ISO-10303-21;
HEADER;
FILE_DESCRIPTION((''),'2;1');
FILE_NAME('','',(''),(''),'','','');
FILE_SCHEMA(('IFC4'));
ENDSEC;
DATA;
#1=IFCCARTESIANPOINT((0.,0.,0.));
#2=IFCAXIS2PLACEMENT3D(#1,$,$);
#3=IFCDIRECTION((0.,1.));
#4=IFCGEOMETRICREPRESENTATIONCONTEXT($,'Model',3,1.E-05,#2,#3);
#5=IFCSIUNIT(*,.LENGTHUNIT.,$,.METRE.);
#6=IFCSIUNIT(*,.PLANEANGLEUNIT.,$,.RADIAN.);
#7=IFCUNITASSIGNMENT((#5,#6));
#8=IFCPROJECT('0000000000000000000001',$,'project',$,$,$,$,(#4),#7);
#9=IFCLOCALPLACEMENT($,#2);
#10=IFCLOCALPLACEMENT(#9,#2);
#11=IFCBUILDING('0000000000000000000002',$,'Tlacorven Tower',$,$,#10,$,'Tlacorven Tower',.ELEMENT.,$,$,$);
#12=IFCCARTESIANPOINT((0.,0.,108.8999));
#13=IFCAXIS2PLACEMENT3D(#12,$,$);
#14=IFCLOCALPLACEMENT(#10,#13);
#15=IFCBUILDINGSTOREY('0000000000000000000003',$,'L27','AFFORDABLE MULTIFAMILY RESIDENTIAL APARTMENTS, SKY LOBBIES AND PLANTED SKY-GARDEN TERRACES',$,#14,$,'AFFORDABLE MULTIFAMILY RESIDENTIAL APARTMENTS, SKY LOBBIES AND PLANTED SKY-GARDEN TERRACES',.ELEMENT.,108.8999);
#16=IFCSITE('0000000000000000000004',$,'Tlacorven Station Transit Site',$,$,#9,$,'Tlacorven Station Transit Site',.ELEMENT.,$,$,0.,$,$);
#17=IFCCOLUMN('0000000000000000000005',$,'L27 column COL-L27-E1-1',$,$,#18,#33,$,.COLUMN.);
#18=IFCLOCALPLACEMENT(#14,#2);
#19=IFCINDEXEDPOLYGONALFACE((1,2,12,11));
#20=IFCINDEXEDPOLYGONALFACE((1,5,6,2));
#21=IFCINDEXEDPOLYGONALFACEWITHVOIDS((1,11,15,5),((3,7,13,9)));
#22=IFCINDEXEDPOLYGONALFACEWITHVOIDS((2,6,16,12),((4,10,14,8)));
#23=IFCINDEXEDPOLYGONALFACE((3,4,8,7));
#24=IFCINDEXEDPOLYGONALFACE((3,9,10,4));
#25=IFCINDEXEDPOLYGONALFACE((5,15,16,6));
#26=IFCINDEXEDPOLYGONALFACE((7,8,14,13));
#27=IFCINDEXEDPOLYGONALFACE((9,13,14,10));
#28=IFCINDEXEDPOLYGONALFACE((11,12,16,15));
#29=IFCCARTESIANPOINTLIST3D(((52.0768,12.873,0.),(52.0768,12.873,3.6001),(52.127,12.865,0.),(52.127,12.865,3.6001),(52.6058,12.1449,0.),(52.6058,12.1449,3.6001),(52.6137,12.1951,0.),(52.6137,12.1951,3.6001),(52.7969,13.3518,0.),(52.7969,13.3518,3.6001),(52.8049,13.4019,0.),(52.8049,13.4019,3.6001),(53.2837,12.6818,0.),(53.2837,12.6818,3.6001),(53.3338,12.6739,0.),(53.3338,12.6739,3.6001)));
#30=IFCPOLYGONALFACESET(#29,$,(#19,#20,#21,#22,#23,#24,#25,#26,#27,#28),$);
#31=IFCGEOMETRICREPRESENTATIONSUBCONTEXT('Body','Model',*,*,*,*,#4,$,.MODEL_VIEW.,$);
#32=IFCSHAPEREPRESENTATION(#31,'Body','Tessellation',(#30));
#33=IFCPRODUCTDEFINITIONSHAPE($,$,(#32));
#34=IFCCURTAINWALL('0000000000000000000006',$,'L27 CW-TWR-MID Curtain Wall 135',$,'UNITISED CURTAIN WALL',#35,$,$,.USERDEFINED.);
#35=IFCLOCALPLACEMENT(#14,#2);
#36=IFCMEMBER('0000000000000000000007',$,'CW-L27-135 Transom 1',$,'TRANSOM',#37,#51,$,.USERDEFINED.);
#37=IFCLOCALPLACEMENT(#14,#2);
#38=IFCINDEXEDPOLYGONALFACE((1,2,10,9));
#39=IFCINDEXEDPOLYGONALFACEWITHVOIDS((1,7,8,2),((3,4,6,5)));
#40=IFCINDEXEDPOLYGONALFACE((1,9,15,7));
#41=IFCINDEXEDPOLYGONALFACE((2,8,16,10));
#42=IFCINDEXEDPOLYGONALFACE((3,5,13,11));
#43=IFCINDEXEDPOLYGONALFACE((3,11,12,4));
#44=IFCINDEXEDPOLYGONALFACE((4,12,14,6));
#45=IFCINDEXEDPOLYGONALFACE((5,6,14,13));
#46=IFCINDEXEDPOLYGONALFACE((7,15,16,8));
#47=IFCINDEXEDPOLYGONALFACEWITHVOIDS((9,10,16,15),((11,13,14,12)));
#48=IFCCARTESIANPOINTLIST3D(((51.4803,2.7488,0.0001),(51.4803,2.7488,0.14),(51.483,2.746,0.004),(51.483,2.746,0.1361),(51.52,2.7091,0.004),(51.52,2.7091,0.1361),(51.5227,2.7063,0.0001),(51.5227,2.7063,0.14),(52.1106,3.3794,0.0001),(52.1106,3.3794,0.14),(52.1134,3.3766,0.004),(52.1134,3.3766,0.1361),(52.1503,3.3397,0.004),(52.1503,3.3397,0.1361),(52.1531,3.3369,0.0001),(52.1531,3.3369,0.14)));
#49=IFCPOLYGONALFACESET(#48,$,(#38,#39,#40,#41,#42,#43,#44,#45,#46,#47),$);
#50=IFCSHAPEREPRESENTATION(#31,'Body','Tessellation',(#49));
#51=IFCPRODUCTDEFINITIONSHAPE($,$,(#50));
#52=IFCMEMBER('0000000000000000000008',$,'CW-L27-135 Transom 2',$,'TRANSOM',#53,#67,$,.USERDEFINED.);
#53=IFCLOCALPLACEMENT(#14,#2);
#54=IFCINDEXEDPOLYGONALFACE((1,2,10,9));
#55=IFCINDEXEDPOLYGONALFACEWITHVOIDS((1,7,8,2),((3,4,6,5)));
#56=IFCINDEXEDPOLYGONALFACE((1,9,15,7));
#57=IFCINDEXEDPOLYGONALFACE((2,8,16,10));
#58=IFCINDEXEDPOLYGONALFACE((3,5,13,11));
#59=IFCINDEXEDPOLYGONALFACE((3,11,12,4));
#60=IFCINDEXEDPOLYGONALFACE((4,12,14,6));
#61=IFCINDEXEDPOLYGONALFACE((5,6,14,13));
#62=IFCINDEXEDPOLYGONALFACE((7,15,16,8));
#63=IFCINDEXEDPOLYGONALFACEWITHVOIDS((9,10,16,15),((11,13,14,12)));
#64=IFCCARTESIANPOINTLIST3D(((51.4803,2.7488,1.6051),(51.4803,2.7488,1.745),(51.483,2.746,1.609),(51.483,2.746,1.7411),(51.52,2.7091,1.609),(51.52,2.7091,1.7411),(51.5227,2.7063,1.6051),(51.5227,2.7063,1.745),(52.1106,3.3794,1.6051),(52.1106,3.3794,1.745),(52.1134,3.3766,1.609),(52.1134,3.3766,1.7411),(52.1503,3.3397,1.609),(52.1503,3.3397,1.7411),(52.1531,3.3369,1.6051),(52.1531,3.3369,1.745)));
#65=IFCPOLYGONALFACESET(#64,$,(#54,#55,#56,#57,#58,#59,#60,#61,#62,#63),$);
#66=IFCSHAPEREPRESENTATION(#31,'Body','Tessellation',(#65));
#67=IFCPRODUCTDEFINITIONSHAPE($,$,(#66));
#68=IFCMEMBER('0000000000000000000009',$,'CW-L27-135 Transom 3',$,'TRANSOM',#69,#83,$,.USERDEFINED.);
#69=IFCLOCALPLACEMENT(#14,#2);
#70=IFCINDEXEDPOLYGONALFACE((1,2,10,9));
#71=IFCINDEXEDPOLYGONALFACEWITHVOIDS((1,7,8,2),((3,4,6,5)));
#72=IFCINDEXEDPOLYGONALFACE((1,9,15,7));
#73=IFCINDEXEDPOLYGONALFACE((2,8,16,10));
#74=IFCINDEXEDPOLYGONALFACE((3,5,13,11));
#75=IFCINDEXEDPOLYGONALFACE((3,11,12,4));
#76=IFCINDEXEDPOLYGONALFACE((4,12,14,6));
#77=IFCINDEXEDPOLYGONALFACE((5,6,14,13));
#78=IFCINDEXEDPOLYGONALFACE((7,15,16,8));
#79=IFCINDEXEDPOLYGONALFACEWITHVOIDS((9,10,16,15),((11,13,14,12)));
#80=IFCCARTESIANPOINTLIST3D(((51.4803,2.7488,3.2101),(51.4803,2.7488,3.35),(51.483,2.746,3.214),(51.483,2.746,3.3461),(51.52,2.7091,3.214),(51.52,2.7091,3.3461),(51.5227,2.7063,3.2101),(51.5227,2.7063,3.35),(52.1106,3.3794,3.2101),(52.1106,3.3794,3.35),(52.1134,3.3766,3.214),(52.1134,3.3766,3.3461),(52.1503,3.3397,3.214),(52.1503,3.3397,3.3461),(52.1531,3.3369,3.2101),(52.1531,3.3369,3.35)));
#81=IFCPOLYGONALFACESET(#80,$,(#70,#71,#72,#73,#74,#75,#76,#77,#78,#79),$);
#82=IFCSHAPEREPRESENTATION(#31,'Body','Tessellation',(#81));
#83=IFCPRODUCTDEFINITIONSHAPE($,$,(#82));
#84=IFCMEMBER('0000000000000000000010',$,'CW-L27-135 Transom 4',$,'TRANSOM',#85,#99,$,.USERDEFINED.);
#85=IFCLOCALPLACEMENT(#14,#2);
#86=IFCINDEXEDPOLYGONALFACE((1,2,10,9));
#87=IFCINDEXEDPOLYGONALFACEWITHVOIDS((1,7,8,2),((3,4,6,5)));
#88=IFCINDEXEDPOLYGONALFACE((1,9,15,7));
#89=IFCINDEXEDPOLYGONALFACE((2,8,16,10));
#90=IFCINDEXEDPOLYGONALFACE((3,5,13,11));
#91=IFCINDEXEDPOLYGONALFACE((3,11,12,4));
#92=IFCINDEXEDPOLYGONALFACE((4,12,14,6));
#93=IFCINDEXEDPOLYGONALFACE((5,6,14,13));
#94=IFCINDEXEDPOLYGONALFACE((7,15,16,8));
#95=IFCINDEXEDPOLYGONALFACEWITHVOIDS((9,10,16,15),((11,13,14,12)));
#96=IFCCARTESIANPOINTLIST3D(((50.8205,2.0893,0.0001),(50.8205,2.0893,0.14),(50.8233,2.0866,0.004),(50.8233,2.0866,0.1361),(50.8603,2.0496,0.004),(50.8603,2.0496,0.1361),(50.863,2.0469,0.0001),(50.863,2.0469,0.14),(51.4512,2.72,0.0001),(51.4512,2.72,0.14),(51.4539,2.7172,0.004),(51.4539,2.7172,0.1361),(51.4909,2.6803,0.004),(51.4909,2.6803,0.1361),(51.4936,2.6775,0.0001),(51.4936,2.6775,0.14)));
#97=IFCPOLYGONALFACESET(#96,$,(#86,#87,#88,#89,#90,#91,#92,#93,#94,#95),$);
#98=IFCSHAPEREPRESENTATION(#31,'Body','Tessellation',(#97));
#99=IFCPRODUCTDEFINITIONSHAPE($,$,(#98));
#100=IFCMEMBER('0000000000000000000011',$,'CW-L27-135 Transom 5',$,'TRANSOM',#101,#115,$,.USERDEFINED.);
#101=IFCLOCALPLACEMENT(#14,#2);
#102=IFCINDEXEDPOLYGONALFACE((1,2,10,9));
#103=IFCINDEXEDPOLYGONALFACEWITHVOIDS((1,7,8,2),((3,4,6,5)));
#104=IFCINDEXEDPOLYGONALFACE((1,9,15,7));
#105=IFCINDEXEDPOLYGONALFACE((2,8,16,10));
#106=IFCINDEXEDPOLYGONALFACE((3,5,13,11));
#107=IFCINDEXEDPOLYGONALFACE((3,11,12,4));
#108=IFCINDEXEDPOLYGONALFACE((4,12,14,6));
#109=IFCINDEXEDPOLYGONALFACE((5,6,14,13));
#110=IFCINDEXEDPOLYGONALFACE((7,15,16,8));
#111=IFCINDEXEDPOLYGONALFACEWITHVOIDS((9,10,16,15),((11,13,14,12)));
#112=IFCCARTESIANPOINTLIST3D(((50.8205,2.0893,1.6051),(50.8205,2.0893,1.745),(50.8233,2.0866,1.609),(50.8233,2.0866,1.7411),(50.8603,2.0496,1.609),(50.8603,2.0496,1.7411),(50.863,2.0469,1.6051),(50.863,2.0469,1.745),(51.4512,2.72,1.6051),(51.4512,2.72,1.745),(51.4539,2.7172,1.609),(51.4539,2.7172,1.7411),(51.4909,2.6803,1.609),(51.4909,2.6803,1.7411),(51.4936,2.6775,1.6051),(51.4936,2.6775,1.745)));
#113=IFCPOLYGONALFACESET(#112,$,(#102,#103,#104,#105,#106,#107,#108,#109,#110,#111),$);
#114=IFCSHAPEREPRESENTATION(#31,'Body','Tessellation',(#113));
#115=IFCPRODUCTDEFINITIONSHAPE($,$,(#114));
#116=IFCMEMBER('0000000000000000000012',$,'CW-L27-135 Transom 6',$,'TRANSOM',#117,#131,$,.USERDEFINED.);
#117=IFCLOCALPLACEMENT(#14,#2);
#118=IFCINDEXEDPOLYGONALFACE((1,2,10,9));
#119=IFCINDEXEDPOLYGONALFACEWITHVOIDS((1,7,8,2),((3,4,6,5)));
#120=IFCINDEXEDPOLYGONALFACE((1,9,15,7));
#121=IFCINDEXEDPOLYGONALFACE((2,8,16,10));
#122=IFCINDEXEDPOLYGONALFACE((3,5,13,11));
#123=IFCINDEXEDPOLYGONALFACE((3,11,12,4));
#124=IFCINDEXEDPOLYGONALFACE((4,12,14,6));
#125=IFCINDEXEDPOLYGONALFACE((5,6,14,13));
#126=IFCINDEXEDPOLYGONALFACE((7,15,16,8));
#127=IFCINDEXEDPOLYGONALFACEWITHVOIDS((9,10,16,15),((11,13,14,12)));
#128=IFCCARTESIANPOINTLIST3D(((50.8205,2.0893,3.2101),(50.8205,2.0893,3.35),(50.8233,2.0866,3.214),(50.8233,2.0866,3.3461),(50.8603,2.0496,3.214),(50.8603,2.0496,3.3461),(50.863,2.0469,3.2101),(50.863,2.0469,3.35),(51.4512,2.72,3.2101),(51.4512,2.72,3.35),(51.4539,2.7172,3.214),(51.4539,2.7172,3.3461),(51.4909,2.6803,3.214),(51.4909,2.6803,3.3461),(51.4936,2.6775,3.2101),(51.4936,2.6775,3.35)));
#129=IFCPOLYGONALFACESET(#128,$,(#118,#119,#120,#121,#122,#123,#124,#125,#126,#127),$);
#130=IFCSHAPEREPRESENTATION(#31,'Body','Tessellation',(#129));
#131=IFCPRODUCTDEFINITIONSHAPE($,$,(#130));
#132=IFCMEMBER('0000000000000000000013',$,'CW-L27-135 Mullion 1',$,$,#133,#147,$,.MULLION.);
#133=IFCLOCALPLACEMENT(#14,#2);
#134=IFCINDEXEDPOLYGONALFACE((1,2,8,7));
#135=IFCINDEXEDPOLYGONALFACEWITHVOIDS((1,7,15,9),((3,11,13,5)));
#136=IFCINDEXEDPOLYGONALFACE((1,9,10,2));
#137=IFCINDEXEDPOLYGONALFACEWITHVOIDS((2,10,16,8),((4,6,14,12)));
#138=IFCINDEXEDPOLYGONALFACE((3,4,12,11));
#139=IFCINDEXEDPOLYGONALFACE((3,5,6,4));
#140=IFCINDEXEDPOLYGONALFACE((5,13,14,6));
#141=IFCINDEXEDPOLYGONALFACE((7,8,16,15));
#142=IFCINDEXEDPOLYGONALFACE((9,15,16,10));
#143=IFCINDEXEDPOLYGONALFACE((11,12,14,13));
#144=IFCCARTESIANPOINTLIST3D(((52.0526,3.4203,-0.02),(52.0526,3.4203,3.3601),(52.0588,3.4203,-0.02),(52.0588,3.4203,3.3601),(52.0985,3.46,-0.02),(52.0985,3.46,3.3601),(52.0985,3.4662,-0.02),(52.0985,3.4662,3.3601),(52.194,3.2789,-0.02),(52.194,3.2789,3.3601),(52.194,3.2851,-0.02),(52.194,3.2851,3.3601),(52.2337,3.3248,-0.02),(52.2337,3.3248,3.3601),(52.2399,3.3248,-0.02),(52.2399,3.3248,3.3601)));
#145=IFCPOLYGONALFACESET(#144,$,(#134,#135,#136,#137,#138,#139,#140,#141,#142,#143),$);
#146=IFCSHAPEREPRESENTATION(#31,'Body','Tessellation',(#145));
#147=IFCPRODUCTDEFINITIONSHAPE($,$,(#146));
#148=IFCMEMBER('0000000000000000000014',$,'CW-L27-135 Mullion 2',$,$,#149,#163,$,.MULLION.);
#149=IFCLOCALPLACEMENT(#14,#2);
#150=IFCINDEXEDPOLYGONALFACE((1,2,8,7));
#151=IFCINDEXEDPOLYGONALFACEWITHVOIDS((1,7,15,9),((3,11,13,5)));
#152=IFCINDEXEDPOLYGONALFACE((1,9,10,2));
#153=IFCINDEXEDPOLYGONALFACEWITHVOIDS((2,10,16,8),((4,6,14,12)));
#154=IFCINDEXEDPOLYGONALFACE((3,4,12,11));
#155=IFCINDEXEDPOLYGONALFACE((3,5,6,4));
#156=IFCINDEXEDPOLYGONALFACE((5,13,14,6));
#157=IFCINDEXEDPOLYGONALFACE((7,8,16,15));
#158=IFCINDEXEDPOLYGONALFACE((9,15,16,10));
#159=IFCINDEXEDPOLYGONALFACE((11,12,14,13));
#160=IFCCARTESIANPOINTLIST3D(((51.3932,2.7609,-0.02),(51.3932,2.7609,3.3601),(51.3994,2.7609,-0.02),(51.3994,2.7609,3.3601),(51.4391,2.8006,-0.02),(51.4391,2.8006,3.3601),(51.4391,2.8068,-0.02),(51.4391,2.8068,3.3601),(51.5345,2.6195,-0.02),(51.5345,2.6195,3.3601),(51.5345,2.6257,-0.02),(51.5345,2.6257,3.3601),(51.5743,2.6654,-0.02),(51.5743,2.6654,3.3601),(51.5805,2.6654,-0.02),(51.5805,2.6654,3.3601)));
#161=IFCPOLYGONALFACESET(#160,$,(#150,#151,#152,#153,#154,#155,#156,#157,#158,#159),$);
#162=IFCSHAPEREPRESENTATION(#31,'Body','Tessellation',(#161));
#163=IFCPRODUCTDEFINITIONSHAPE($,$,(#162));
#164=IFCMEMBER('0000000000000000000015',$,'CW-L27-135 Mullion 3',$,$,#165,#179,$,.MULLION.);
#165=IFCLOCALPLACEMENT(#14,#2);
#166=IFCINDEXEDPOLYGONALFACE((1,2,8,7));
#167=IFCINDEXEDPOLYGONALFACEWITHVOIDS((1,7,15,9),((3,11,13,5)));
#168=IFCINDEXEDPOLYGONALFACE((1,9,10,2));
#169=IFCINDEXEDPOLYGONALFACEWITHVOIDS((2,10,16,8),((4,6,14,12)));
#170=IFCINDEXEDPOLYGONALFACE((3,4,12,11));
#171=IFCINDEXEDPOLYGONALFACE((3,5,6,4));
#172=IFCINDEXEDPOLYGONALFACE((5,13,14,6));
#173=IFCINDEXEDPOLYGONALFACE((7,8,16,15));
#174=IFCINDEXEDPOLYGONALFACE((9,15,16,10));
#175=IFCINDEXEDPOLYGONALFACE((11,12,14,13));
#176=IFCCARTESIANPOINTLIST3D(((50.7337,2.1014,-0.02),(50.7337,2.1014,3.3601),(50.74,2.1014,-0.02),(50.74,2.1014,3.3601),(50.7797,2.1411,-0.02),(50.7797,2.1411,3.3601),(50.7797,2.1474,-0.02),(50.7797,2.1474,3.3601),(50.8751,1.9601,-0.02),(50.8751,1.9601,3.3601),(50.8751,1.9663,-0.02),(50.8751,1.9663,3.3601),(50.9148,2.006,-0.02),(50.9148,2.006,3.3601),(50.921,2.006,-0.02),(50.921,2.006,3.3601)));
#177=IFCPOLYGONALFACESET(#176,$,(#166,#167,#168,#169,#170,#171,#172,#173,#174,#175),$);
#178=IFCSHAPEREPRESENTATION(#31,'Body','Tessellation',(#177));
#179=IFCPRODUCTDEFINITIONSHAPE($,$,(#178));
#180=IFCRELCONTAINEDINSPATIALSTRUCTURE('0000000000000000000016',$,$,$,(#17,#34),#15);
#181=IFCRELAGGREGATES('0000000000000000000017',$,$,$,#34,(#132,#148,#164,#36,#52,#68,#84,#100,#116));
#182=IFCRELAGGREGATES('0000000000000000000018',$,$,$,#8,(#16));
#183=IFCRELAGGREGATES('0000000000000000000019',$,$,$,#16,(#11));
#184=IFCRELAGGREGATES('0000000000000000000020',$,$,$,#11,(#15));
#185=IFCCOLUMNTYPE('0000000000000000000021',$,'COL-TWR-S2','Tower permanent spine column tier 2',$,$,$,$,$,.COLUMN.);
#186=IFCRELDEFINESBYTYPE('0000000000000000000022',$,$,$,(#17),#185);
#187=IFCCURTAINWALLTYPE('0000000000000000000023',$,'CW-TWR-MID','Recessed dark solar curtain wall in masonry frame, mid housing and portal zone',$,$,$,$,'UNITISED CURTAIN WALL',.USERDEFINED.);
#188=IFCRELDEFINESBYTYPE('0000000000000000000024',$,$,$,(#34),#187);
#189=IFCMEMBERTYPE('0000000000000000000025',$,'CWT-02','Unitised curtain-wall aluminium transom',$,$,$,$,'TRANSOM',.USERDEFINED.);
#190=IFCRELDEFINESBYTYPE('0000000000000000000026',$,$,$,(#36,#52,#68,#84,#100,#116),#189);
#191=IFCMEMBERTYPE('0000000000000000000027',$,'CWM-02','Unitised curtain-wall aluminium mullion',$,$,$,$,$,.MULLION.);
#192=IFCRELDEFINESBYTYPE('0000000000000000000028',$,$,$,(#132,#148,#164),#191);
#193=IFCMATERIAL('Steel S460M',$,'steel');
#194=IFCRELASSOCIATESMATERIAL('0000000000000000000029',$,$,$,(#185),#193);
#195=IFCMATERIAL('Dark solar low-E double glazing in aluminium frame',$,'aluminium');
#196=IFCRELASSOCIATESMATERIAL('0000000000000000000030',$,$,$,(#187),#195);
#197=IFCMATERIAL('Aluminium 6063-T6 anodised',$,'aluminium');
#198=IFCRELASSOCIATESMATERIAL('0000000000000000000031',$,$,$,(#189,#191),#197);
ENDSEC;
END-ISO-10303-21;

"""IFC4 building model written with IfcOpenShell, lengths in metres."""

from ifc_helpers import new_model, si_unit, direction, frame, origin, origin_2d, place, context, subcontext, project, spatial, hollow_rectangle, extrude, source, transform, mapped, material, material_profile, profile_set, type_object, element, aggregate, save


model = new_model("IFC4")

# Units and contexts
model_context = context("Model", 3, precision=1e-05, world=origin(), true_north=direction((0.0, 1.0)))
body_context = subcontext(model_context, "Body", "Model", "MODEL_VIEW")
ifc_project = project(units=[si_unit("LENGTHUNIT", "METRE"), si_unit("PLANEANGLEUNIT", "RADIAN")], contexts=[model_context])

# Site, building, storey
site_placement = place(None, origin())
site = spatial("IfcSite", under=ifc_project, at=site_placement, Name="Tlacorven Station Transit Site", LongName="Tlacorven Station Transit Site", CompositionType="ELEMENT", RefElevation=0.0)
building_placement = place(site_placement, origin())
building = spatial("IfcBuilding", under=site, at=building_placement, Name="Tlacorven Tower", LongName="Tlacorven Tower", CompositionType="ELEMENT")
storey_placement = place(building_placement, frame((0.0, 0.0, 108.8999)))
storey = spatial("IfcBuildingStorey", under=building, at=storey_placement, Name="L27", Description="AFFORDABLE MULTIFAMILY RESIDENTIAL APARTMENTS, SKY LOBBIES AND PLANTED SKY-GARDEN TERRACES", LongName="AFFORDABLE MULTIFAMILY RESIDENTIAL APARTMENTS, SKY LOBBIES AND PLANTED SKY-GARDEN TERRACES", CompositionType="ELEMENT", Elevation=108.8999)

# Column
ifc_material_1 = material(Name="Steel S460M", Category="steel")
ifc_material_profile_1 = material_profile(ifc_material_1, hollow_rectangle(XDim=0.8999, YDim=0.8999, WallThickness=0.0359, at=origin_2d()), Name="BOX 900X900X36")
ifc_profile_set_1 = profile_set([ifc_material_profile_1], Name="Steel S460M")
column_type = type_object("IfcColumnType", Name="COL-TWR-S2", Description="Tower permanent spine column tier 2", PredefinedType="COLUMN", material=ifc_profile_set_1)
shared_shape_1 = source(origin(), body_context, "Body", "SweptSolid", [
    extrude(hollow_rectangle(XDim=0.8999, YDim=0.8999, WallThickness=0.0359, at=origin_2d()), origin(), (0.0, 0.0, 1.0), 3.6001),
])
column_placement = place(storey_placement, frame((52.7053, 12.7734, 0.0), z_axis=(0.0, 0.0, 1.0), x_axis=(0.809017, 0.587785, 0.0)))
element("IfcColumn", 1, at=column_placement, inside=storey, type_object=column_type, Name="L27 column COL-L27-E1-1", PredefinedType="COLUMN", context=body_context, shape_type="MappedRepresentation", body=[
    mapped(shared_shape_1, transform((0.0, 0.0, 0.0), scale=1.0)),
])

# Curtain wall, members
ifc_material_2 = material(Name="Dark solar low-E double glazing in aluminium frame", Category="aluminium")
curtain_wall_type = type_object("IfcCurtainWallType", Name="CW-TWR-MID", Description="Recessed dark solar curtain wall in masonry frame, mid housing and portal zone", ElementType="UNITISED CURTAIN WALL", PredefinedType="USERDEFINED", material=ifc_material_2)
curtain_wall_placement = place(storey_placement, origin())
curtain_wall = element("IfcCurtainWall", 2, at=curtain_wall_placement, inside=storey, type_object=curtain_wall_type, Name="L27 CW-TWR-MID Curtain Wall 135", ObjectType="UNITISED CURTAIN WALL", PredefinedType="USERDEFINED")
ifc_material_3 = material(Name="Aluminium 6063-T6 anodised", Category="aluminium")
ifc_material_profile_2 = material_profile(ifc_material_3, hollow_rectangle(XDim=0.0601, YDim=0.1399, WallThickness=0.0039, at=origin_2d()), Name="ALU TRANSOM 60X140")
ifc_profile_set_2 = profile_set([ifc_material_profile_2], Name="Aluminium 6063-T6 anodised")
member_type_1 = type_object("IfcMemberType", Name="CWT-02", Description="Unitised curtain-wall aluminium transom", ElementType="TRANSOM", PredefinedType="USERDEFINED", material=ifc_profile_set_2)
shared_shape_2 = source(origin(), body_context, "Body", "SweptSolid", [
    extrude(hollow_rectangle(XDim=0.0601, YDim=0.1399, WallThickness=0.0039, at=origin_2d()), origin(), (0.0, 0.0, 1.0), 0.8916),
])
member_1_placement = place(storey_placement, frame((52.1318, 3.3582, 0.0701), z_axis=(-0.70697, -0.707244, 0.0), x_axis=(0.707244, -0.70697, 0.0)))
member_1 = element("IfcMember", 3, at=member_1_placement, type_object=member_type_1, Name="CW-L27-135 Transom 1", ObjectType="TRANSOM", PredefinedType="USERDEFINED", context=body_context, shape_type="MappedRepresentation", body=[
    mapped(shared_shape_2, transform((0.0, 0.0, 0.0), scale=1.0)),
])
member_2_placement = place(storey_placement, frame((52.1318, 3.3582, 1.675), z_axis=(-0.70697, -0.707244, 0.0), x_axis=(0.707244, -0.70697, 0.0)))
member_2 = element("IfcMember", 4, at=member_2_placement, type_object=member_type_1, Name="CW-L27-135 Transom 2", ObjectType="TRANSOM", PredefinedType="USERDEFINED", context=body_context, shape_type="MappedRepresentation", body=[
    mapped(shared_shape_2, transform((0.0, 0.0, 0.0), scale=1.0)),
])
member_3_placement = place(storey_placement, frame((52.1318, 3.3582, 3.28), z_axis=(-0.70697, -0.707244, 0.0), x_axis=(0.707244, -0.70697, 0.0)))
member_3 = element("IfcMember", 5, at=member_3_placement, type_object=member_type_1, Name="CW-L27-135 Transom 3", ObjectType="TRANSOM", PredefinedType="USERDEFINED", context=body_context, shape_type="MappedRepresentation", body=[
    mapped(shared_shape_2, transform((0.0, 0.0, 0.0), scale=1.0)),
])
shared_shape_3 = source(origin(), body_context, "Body", "SweptSolid", [
    extrude(hollow_rectangle(XDim=0.0601, YDim=0.1399, WallThickness=0.0039, at=origin_2d()), origin(), (0.0, 0.0, 1.0), 0.8918),
])
member_4_placement = place(storey_placement, frame((51.4724, 2.6987, 0.0701), z_axis=(-0.707107, -0.707107, 0.0), x_axis=(0.707107, -0.707107, 0.0)))
member_4 = element("IfcMember", 6, at=member_4_placement, type_object=member_type_1, Name="CW-L27-135 Transom 4", ObjectType="TRANSOM", PredefinedType="USERDEFINED", context=body_context, shape_type="MappedRepresentation", body=[
    mapped(shared_shape_3, transform((0.0, 0.0, 0.0), scale=1.0)),
])
member_5_placement = place(storey_placement, frame((51.4724, 2.6987, 1.675), z_axis=(-0.707107, -0.707107, 0.0), x_axis=(0.707107, -0.707107, 0.0)))
member_5 = element("IfcMember", 7, at=member_5_placement, type_object=member_type_1, Name="CW-L27-135 Transom 5", ObjectType="TRANSOM", PredefinedType="USERDEFINED", context=body_context, shape_type="MappedRepresentation", body=[
    mapped(shared_shape_3, transform((0.0, 0.0, 0.0), scale=1.0)),
])
member_6_placement = place(storey_placement, frame((51.4724, 2.6987, 3.28), z_axis=(-0.707107, -0.707107, 0.0), x_axis=(0.707107, -0.707107, 0.0)))
member_6 = element("IfcMember", 8, at=member_6_placement, type_object=member_type_1, Name="CW-L27-135 Transom 6", ObjectType="TRANSOM", PredefinedType="USERDEFINED", context=body_context, shape_type="MappedRepresentation", body=[
    mapped(shared_shape_3, transform((0.0, 0.0, 0.0), scale=1.0)),
])
ifc_material_profile_3 = material_profile(ifc_material_3, hollow_rectangle(XDim=0.0649, YDim=0.2, WallThickness=0.0044, at=origin_2d()), Name="ALU MULLION 65X200")
ifc_profile_set_3 = profile_set([ifc_material_profile_3], Name="Aluminium 6063-T6 anodised")
member_type_2 = type_object("IfcMemberType", Name="CWM-02", Description="Unitised curtain-wall aluminium mullion", PredefinedType="MULLION", material=ifc_profile_set_3)
shared_shape_4 = source(origin(), body_context, "Body", "SweptSolid", [
    extrude(hollow_rectangle(XDim=0.0649, YDim=0.2, WallThickness=0.0044, at=origin_2d()), origin(), (0.0, 0.0, 1.0), 3.3801),
])
member_7_placement = place(storey_placement, frame((52.1462, 3.3726, -0.02), z_axis=(0.0, 0.0, 1.0), x_axis=(-0.707107, -0.707107, 0.0)))
member_7 = element("IfcMember", 9, at=member_7_placement, type_object=member_type_2, Name="CW-L27-135 Mullion 1", PredefinedType="MULLION", context=body_context, shape_type="MappedRepresentation", body=[
    mapped(shared_shape_4, transform((0.0, 0.0, 0.0), scale=1.0)),
])
member_8_placement = place(storey_placement, frame((51.4868, 2.7131, -0.02), z_axis=(0.0, 0.0, 1.0), x_axis=(-0.707107, -0.707107, 0.0)))
member_8 = element("IfcMember", 10, at=member_8_placement, type_object=member_type_2, Name="CW-L27-135 Mullion 2", PredefinedType="MULLION", context=body_context, shape_type="MappedRepresentation", body=[
    mapped(shared_shape_4, transform((0.0, 0.0, 0.0), scale=1.0)),
])
member_9_placement = place(storey_placement, frame((50.8274, 2.0537, -0.02), z_axis=(0.0, 0.0, 1.0), x_axis=(-0.707107, -0.707107, 0.0)))
member_9 = element("IfcMember", 11, at=member_9_placement, type_object=member_type_2, Name="CW-L27-135 Mullion 3", PredefinedType="MULLION", context=body_context, shape_type="MappedRepresentation", body=[
    mapped(shared_shape_4, transform((0.0, 0.0, 0.0), scale=1.0)),
])
aggregate(curtain_wall, [member_7, member_8, member_9, member_1, member_2, member_3, member_4, member_5, member_6])

save(model, "model.ifc")
